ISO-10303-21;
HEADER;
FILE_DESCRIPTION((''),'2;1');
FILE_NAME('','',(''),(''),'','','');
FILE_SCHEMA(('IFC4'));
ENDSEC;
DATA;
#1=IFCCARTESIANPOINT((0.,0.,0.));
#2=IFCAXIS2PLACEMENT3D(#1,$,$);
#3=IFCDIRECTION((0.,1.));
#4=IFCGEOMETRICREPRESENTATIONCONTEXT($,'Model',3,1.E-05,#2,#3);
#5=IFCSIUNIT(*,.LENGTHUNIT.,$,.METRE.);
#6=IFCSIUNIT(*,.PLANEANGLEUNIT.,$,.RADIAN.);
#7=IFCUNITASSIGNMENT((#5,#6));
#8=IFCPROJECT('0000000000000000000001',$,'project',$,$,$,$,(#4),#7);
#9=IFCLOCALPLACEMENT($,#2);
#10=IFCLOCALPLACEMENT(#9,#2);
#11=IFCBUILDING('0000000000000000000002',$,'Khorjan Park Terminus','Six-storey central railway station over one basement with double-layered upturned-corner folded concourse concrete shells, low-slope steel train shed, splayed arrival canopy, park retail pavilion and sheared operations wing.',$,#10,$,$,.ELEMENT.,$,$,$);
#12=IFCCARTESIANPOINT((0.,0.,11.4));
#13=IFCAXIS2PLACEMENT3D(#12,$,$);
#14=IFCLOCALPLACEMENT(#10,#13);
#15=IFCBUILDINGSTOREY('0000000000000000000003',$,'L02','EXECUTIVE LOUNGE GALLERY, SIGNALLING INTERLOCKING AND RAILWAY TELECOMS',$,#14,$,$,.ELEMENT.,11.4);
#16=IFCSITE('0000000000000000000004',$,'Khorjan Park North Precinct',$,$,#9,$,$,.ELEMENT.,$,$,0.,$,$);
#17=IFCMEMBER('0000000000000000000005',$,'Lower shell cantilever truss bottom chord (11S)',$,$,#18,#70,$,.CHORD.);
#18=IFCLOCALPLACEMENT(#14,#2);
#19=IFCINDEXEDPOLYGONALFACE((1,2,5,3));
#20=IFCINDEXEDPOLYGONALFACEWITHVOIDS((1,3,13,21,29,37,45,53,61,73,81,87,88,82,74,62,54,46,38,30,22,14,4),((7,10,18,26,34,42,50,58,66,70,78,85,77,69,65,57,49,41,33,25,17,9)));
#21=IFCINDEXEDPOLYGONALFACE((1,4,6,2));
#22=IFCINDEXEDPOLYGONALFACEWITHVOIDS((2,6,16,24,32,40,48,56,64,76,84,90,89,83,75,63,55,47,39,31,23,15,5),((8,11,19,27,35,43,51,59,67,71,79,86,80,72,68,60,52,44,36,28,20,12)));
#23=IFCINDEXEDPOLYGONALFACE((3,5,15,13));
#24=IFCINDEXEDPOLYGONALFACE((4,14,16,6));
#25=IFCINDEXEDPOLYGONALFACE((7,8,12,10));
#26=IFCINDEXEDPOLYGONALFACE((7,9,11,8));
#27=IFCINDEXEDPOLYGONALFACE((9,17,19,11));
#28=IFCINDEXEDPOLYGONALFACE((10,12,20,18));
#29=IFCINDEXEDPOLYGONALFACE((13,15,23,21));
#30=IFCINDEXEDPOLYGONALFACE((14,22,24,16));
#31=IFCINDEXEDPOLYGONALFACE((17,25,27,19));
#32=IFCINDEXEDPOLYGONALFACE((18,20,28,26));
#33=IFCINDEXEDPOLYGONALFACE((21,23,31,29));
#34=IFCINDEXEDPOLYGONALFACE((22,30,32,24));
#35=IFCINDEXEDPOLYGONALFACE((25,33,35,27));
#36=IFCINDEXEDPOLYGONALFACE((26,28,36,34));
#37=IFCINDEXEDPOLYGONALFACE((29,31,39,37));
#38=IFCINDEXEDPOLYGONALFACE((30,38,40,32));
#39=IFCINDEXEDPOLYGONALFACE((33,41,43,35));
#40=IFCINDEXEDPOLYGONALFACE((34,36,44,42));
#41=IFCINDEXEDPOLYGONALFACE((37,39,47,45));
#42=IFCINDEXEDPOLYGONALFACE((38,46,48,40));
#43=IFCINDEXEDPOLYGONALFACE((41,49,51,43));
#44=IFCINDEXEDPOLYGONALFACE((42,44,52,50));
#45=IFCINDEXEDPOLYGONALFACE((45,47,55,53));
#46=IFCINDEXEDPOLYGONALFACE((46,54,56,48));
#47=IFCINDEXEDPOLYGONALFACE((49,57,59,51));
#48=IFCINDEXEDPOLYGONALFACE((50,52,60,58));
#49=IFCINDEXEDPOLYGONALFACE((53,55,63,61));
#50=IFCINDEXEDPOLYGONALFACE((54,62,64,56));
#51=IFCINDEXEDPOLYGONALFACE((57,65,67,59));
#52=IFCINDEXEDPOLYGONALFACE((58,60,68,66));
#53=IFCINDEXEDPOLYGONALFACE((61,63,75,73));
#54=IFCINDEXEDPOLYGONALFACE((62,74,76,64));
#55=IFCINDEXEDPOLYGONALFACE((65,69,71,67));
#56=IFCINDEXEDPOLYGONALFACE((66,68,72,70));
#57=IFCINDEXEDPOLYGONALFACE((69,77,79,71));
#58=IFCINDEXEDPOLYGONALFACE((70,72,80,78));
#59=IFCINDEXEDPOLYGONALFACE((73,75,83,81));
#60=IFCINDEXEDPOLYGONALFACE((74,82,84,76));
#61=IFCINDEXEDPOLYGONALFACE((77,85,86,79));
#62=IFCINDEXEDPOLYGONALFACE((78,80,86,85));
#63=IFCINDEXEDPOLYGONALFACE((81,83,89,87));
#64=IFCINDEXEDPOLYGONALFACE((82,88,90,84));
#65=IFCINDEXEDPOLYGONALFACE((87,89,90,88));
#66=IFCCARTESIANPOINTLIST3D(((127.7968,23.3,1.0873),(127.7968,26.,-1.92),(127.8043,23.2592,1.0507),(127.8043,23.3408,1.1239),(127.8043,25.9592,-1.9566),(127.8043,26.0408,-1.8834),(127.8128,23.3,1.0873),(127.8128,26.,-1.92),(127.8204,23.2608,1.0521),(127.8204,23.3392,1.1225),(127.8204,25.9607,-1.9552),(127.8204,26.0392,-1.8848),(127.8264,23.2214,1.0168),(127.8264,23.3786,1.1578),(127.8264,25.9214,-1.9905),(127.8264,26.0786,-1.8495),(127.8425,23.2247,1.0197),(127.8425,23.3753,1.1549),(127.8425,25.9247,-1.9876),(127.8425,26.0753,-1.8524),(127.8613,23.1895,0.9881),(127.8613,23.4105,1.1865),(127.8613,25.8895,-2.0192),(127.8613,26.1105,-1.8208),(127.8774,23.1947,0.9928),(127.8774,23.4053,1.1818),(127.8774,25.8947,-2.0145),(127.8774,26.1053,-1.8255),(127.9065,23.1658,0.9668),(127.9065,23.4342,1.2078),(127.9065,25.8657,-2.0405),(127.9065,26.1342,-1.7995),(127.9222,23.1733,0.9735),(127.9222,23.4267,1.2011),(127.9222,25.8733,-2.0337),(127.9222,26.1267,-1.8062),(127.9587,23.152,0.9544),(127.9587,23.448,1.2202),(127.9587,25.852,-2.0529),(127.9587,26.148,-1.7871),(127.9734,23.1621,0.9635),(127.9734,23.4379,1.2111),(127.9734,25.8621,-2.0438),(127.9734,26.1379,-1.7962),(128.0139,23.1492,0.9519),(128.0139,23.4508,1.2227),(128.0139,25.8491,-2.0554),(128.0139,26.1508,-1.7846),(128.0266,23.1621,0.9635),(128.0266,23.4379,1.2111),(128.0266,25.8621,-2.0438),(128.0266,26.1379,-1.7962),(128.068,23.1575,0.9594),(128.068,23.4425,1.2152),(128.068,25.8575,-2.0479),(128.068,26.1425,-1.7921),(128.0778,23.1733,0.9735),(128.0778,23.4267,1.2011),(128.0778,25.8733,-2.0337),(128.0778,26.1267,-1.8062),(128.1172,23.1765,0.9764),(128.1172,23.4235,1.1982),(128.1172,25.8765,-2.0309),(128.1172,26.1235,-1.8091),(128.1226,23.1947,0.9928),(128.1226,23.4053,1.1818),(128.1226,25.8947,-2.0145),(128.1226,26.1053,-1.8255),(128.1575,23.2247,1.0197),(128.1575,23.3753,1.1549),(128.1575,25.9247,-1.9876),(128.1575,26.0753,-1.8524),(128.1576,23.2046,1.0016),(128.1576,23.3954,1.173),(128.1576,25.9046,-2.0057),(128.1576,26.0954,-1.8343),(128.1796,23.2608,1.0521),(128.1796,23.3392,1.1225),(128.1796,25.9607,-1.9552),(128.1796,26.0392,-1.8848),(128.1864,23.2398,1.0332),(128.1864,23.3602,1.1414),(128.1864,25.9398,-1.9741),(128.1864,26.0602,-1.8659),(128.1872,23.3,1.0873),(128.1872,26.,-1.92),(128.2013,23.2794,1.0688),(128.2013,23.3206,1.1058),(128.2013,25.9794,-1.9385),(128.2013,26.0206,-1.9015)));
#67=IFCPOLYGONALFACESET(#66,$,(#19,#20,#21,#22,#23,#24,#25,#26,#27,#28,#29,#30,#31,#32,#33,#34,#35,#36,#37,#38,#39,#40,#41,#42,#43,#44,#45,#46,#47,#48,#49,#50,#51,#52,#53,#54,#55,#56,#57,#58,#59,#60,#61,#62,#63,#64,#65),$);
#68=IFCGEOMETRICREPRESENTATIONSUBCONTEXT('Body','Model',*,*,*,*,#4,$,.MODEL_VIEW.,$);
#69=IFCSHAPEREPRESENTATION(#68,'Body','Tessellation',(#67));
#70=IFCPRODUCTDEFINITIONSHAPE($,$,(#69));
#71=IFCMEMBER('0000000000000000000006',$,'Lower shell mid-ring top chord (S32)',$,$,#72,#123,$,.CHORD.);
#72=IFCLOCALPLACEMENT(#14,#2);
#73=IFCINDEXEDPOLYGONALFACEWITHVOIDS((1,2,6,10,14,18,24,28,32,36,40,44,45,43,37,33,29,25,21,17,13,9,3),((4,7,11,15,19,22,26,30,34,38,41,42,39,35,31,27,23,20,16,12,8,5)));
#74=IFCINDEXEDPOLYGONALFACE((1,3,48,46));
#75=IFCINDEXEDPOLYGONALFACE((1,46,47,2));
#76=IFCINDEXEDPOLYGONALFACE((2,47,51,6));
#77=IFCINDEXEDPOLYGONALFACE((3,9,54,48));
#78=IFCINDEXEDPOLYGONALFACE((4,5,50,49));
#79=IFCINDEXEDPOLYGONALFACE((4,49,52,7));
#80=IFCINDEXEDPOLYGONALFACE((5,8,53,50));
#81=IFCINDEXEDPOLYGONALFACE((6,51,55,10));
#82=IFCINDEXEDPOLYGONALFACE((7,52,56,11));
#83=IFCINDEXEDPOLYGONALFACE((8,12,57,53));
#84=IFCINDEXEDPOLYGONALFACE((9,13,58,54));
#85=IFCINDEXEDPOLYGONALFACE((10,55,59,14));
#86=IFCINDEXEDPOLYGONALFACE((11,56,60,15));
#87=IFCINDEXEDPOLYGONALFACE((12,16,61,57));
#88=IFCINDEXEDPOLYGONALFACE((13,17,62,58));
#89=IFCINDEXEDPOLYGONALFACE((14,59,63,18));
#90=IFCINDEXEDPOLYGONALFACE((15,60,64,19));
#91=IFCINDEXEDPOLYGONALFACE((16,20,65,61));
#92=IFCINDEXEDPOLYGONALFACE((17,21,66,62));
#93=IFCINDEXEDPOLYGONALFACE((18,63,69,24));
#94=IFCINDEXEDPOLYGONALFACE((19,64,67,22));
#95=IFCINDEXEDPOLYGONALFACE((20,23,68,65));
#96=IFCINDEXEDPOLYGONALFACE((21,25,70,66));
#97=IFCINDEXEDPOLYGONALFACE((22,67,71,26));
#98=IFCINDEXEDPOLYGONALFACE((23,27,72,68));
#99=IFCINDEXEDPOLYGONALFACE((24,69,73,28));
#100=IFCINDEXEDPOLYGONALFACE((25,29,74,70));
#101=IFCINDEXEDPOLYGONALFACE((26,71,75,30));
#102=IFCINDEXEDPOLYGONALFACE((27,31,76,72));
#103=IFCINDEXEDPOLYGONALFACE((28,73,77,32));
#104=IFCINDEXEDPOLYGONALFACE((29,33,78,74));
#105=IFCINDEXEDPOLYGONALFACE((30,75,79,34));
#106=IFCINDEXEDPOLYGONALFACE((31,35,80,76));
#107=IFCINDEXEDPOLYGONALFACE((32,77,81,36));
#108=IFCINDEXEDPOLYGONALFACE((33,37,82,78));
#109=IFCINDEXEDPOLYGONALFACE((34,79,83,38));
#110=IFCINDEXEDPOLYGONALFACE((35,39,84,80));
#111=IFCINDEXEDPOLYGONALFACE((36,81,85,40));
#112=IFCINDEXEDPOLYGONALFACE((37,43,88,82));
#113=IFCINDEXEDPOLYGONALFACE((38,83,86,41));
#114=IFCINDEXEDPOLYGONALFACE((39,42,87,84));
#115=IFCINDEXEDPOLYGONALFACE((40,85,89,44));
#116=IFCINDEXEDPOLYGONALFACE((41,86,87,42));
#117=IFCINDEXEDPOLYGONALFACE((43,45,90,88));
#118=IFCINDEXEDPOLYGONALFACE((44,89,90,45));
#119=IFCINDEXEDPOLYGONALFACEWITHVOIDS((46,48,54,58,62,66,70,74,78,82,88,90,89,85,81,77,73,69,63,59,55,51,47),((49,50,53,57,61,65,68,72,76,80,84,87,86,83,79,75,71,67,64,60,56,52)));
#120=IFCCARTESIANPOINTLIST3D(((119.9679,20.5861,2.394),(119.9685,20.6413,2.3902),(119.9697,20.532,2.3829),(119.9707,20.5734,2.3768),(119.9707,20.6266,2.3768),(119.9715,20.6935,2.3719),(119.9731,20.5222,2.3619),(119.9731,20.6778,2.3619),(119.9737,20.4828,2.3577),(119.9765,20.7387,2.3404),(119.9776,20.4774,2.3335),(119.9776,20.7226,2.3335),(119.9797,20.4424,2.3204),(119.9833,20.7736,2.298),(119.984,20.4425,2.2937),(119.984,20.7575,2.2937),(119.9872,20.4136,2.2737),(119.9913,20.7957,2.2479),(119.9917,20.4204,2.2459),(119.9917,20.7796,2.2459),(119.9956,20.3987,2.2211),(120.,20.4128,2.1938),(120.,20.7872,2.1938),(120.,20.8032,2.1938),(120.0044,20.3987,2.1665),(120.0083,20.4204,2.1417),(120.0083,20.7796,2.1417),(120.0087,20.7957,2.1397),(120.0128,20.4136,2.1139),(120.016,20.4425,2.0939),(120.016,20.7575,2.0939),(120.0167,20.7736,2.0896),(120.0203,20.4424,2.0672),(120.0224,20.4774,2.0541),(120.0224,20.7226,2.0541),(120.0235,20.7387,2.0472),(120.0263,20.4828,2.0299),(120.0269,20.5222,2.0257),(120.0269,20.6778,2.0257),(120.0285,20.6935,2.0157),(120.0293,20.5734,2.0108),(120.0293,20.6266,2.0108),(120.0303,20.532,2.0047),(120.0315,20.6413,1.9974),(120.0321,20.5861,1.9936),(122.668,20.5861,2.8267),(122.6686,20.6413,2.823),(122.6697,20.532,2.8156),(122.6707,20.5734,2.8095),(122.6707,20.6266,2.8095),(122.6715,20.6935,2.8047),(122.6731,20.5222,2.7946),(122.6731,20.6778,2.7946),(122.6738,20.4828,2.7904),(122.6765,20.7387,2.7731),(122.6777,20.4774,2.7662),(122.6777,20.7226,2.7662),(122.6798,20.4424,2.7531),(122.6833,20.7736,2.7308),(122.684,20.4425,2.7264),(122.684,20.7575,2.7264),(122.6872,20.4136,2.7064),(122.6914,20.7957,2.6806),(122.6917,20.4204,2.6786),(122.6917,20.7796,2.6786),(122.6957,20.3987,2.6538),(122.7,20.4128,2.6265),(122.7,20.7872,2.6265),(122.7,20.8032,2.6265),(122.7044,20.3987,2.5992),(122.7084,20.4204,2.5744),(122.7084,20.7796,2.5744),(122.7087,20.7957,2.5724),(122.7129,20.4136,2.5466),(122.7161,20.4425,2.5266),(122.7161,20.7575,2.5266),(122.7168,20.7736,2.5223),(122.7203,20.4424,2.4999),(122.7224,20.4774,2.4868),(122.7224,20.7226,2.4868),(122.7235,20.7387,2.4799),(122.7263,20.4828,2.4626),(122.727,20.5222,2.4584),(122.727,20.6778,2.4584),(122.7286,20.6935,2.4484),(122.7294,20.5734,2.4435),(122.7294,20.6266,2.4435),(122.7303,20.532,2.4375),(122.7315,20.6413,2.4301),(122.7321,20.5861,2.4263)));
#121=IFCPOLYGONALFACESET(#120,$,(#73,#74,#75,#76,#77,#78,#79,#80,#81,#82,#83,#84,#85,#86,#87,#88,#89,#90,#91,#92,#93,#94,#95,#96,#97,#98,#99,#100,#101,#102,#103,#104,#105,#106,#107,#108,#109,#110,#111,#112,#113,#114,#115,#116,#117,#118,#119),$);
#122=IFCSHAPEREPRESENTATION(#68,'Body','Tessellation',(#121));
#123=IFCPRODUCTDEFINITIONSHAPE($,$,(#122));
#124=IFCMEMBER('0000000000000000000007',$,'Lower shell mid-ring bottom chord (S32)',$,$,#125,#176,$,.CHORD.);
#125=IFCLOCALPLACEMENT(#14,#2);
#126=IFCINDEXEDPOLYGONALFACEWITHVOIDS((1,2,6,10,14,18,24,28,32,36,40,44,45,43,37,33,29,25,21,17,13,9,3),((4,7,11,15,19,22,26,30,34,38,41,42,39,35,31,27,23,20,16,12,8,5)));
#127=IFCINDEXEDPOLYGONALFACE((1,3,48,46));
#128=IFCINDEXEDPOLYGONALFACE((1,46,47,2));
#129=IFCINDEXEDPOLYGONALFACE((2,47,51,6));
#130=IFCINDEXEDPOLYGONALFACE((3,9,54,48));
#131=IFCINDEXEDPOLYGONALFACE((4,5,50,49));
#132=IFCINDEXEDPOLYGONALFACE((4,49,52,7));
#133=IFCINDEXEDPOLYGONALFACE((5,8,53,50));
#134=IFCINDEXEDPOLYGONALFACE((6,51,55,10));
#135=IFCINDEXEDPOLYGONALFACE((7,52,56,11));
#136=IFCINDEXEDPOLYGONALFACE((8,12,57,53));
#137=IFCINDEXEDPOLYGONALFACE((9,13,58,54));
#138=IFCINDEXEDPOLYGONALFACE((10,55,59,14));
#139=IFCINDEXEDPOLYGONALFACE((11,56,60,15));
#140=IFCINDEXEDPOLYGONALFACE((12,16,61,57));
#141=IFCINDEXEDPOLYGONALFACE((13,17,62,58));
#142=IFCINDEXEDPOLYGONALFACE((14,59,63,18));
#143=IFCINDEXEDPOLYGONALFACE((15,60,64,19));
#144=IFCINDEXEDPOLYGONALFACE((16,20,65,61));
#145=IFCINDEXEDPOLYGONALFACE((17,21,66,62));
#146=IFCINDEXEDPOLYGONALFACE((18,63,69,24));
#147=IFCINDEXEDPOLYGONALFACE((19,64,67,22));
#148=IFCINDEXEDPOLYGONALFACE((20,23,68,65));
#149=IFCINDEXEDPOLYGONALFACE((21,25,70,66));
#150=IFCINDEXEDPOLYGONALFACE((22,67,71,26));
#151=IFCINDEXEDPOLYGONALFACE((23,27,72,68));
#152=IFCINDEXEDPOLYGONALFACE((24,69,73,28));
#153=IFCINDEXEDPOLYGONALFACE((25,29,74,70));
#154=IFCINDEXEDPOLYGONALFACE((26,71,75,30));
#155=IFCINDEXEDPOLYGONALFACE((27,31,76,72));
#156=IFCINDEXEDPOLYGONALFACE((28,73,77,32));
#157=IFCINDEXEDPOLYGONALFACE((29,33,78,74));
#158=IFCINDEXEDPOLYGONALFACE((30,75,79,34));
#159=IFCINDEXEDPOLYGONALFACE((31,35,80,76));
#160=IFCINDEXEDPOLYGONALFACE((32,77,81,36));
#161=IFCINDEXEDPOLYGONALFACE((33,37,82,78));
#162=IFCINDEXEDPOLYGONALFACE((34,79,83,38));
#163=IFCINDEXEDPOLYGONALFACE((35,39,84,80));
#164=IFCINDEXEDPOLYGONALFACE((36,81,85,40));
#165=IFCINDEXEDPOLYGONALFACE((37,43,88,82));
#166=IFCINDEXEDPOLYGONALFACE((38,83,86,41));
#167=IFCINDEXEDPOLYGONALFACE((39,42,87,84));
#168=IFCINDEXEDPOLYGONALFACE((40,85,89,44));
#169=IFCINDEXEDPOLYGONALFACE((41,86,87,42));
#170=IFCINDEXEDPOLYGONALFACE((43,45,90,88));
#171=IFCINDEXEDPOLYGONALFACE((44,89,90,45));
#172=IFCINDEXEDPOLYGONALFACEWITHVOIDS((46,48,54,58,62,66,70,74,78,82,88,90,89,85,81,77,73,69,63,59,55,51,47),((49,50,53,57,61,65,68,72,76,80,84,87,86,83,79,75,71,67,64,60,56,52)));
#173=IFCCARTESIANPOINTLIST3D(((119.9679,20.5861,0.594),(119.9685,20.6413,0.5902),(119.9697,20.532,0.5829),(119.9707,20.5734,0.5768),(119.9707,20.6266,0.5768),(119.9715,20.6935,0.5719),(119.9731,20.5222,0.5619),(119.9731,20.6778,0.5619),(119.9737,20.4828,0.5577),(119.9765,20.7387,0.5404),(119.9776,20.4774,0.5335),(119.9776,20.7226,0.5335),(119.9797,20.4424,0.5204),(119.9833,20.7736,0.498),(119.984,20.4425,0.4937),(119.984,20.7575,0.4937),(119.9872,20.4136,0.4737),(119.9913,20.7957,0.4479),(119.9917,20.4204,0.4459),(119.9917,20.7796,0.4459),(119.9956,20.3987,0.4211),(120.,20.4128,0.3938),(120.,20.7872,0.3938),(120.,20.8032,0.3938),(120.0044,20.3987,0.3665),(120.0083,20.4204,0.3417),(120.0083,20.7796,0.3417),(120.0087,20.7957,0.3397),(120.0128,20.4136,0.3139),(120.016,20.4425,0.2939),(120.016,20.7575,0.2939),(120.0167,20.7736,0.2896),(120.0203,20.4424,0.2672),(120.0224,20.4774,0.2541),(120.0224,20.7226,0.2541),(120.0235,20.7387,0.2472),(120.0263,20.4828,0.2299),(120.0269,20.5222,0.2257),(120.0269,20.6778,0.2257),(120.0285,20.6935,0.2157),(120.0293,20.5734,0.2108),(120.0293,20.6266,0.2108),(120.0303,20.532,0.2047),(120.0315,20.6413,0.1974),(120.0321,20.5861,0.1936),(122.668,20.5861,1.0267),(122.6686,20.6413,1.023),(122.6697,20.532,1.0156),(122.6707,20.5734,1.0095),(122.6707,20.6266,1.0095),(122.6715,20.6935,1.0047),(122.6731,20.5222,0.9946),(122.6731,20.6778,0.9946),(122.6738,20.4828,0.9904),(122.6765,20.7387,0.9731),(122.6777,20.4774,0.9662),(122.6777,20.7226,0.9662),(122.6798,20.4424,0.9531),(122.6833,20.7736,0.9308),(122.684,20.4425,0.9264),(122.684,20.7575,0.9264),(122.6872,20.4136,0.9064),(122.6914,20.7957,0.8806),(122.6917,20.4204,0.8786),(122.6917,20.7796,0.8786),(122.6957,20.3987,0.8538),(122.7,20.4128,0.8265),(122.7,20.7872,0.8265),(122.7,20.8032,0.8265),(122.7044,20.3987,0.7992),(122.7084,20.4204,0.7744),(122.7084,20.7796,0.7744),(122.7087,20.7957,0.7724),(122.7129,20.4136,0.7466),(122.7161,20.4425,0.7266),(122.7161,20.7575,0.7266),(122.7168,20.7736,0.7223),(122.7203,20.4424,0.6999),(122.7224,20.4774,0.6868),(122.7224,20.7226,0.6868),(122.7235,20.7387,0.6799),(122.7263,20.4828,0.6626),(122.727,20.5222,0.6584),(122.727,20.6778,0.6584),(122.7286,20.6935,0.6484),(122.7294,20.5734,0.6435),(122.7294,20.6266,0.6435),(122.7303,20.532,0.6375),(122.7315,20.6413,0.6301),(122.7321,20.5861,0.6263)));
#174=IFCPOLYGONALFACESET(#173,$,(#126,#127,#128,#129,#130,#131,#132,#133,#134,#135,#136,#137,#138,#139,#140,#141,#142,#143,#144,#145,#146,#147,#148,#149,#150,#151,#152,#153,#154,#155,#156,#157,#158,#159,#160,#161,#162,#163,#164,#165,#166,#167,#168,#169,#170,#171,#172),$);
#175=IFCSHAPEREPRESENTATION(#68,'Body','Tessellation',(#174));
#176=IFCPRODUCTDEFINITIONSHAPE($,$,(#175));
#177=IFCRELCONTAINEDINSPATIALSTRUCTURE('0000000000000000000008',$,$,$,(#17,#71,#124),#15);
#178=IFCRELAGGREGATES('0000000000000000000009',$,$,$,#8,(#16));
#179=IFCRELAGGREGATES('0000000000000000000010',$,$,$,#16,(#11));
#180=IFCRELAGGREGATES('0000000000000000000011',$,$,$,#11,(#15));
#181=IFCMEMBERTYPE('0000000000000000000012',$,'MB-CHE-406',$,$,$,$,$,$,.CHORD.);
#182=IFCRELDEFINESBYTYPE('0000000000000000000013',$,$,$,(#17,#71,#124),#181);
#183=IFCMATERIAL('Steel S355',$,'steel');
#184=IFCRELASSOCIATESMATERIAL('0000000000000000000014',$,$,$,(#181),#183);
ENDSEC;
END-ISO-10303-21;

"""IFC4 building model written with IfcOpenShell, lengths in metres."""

from ifc_helpers import new_model, si_unit, direction, frame, origin, origin_2d, place, context, subcontext, project, spatial, hollow_circle, extrude, material, material_profile, profile_set, type_object, element, save


model = new_model("IFC4")

# Units and contexts
model_context = context("Model", 3, precision=1e-05, world=origin(), true_north=direction((0.0, 1.0)))
body_context = subcontext(model_context, "Body", "Model", "MODEL_VIEW")
ifc_project = project(units=[si_unit("LENGTHUNIT", "METRE"), si_unit("PLANEANGLEUNIT", "RADIAN")], contexts=[model_context])

# Site, building, storey
site_placement = place(None, origin())
site = spatial("IfcSite", under=ifc_project, at=site_placement, Name="Khorjan Park North Precinct", CompositionType="ELEMENT", RefElevation=0.0)
building_placement = place(site_placement, origin())
building = spatial("IfcBuilding", under=site, at=building_placement, Name="Khorjan Park Terminus", Description="Six-storey central railway station over one basement with double-layered upturned-corner folded concourse concrete shells, low-slope steel train shed, splayed arrival canopy, park retail pavilion and sheared operations wing.", CompositionType="ELEMENT")
storey_placement = place(building_placement, frame((0.0, 0.0, 11.4)))
storey = spatial("IfcBuildingStorey", under=building, at=storey_placement, Name="L02", Description="EXECUTIVE LOUNGE GALLERY, SIGNALLING INTERLOCKING AND RAILWAY TELECOMS", CompositionType="ELEMENT", Elevation=11.4)

# Members
ifc_material_1 = material(Name="Steel S355", Category="steel")
ifc_material_profile_1 = material_profile(ifc_material_1, hollow_circle(Radius=0.2032, WallThickness=0.016, at=origin_2d()), Name="CHS 406.4x16")
ifc_profile_set_1 = profile_set([ifc_material_profile_1], Name="Steel S355")
member_type_1 = type_object("IfcMemberType", Name="MB-CHE-406", PredefinedType="CHORD", material=ifc_profile_set_1)
member_1_placement = place(storey_placement, frame((128.0, 23.3, 1.0873), z_axis=(0.0, 0.668066, -0.744102), x_axis=(-1.0, 0.0, 0.0)))
element("IfcMember", 1, at=member_1_placement, inside=storey, type_object=member_type_1, Name="Lower shell cantilever truss bottom chord (11S)", PredefinedType="CHORD", context=body_context, shape_type="SweptSolid", body=[
    extrude(hollow_circle(Radius=0.2032, WallThickness=0.016, at=origin_2d()), origin(), (0.0, 0.0, 1.0), 4.0415),
])
for number, where, z_axis, x_axis, name in (
    (2, (120.0, 20.6, 2.1938), (0.987401, 0.0, 0.15824), (0.0, 1.0, 0.0), "Lower shell mid-ring top chord (S32)"),
    (3, (120.0, 20.6, 0.3938), (0.987401, 0.0, 0.15824), (0.0, 1.0, 0.0), "Lower shell mid-ring bottom chord (S32)"),
):
    element("IfcMember", number, at=place(storey_placement, frame(where, z_axis=z_axis, x_axis=x_axis)), inside=storey, type_object=member_type_1, Name=name, PredefinedType="CHORD", context=body_context, shape_type="SweptSolid", body=[
        extrude(hollow_circle(Radius=0.2032, WallThickness=0.016, at=origin_2d()), origin(), (0.0, 0.0, 1.0), 2.7345),
    ])

save(model, "model.ifc")
